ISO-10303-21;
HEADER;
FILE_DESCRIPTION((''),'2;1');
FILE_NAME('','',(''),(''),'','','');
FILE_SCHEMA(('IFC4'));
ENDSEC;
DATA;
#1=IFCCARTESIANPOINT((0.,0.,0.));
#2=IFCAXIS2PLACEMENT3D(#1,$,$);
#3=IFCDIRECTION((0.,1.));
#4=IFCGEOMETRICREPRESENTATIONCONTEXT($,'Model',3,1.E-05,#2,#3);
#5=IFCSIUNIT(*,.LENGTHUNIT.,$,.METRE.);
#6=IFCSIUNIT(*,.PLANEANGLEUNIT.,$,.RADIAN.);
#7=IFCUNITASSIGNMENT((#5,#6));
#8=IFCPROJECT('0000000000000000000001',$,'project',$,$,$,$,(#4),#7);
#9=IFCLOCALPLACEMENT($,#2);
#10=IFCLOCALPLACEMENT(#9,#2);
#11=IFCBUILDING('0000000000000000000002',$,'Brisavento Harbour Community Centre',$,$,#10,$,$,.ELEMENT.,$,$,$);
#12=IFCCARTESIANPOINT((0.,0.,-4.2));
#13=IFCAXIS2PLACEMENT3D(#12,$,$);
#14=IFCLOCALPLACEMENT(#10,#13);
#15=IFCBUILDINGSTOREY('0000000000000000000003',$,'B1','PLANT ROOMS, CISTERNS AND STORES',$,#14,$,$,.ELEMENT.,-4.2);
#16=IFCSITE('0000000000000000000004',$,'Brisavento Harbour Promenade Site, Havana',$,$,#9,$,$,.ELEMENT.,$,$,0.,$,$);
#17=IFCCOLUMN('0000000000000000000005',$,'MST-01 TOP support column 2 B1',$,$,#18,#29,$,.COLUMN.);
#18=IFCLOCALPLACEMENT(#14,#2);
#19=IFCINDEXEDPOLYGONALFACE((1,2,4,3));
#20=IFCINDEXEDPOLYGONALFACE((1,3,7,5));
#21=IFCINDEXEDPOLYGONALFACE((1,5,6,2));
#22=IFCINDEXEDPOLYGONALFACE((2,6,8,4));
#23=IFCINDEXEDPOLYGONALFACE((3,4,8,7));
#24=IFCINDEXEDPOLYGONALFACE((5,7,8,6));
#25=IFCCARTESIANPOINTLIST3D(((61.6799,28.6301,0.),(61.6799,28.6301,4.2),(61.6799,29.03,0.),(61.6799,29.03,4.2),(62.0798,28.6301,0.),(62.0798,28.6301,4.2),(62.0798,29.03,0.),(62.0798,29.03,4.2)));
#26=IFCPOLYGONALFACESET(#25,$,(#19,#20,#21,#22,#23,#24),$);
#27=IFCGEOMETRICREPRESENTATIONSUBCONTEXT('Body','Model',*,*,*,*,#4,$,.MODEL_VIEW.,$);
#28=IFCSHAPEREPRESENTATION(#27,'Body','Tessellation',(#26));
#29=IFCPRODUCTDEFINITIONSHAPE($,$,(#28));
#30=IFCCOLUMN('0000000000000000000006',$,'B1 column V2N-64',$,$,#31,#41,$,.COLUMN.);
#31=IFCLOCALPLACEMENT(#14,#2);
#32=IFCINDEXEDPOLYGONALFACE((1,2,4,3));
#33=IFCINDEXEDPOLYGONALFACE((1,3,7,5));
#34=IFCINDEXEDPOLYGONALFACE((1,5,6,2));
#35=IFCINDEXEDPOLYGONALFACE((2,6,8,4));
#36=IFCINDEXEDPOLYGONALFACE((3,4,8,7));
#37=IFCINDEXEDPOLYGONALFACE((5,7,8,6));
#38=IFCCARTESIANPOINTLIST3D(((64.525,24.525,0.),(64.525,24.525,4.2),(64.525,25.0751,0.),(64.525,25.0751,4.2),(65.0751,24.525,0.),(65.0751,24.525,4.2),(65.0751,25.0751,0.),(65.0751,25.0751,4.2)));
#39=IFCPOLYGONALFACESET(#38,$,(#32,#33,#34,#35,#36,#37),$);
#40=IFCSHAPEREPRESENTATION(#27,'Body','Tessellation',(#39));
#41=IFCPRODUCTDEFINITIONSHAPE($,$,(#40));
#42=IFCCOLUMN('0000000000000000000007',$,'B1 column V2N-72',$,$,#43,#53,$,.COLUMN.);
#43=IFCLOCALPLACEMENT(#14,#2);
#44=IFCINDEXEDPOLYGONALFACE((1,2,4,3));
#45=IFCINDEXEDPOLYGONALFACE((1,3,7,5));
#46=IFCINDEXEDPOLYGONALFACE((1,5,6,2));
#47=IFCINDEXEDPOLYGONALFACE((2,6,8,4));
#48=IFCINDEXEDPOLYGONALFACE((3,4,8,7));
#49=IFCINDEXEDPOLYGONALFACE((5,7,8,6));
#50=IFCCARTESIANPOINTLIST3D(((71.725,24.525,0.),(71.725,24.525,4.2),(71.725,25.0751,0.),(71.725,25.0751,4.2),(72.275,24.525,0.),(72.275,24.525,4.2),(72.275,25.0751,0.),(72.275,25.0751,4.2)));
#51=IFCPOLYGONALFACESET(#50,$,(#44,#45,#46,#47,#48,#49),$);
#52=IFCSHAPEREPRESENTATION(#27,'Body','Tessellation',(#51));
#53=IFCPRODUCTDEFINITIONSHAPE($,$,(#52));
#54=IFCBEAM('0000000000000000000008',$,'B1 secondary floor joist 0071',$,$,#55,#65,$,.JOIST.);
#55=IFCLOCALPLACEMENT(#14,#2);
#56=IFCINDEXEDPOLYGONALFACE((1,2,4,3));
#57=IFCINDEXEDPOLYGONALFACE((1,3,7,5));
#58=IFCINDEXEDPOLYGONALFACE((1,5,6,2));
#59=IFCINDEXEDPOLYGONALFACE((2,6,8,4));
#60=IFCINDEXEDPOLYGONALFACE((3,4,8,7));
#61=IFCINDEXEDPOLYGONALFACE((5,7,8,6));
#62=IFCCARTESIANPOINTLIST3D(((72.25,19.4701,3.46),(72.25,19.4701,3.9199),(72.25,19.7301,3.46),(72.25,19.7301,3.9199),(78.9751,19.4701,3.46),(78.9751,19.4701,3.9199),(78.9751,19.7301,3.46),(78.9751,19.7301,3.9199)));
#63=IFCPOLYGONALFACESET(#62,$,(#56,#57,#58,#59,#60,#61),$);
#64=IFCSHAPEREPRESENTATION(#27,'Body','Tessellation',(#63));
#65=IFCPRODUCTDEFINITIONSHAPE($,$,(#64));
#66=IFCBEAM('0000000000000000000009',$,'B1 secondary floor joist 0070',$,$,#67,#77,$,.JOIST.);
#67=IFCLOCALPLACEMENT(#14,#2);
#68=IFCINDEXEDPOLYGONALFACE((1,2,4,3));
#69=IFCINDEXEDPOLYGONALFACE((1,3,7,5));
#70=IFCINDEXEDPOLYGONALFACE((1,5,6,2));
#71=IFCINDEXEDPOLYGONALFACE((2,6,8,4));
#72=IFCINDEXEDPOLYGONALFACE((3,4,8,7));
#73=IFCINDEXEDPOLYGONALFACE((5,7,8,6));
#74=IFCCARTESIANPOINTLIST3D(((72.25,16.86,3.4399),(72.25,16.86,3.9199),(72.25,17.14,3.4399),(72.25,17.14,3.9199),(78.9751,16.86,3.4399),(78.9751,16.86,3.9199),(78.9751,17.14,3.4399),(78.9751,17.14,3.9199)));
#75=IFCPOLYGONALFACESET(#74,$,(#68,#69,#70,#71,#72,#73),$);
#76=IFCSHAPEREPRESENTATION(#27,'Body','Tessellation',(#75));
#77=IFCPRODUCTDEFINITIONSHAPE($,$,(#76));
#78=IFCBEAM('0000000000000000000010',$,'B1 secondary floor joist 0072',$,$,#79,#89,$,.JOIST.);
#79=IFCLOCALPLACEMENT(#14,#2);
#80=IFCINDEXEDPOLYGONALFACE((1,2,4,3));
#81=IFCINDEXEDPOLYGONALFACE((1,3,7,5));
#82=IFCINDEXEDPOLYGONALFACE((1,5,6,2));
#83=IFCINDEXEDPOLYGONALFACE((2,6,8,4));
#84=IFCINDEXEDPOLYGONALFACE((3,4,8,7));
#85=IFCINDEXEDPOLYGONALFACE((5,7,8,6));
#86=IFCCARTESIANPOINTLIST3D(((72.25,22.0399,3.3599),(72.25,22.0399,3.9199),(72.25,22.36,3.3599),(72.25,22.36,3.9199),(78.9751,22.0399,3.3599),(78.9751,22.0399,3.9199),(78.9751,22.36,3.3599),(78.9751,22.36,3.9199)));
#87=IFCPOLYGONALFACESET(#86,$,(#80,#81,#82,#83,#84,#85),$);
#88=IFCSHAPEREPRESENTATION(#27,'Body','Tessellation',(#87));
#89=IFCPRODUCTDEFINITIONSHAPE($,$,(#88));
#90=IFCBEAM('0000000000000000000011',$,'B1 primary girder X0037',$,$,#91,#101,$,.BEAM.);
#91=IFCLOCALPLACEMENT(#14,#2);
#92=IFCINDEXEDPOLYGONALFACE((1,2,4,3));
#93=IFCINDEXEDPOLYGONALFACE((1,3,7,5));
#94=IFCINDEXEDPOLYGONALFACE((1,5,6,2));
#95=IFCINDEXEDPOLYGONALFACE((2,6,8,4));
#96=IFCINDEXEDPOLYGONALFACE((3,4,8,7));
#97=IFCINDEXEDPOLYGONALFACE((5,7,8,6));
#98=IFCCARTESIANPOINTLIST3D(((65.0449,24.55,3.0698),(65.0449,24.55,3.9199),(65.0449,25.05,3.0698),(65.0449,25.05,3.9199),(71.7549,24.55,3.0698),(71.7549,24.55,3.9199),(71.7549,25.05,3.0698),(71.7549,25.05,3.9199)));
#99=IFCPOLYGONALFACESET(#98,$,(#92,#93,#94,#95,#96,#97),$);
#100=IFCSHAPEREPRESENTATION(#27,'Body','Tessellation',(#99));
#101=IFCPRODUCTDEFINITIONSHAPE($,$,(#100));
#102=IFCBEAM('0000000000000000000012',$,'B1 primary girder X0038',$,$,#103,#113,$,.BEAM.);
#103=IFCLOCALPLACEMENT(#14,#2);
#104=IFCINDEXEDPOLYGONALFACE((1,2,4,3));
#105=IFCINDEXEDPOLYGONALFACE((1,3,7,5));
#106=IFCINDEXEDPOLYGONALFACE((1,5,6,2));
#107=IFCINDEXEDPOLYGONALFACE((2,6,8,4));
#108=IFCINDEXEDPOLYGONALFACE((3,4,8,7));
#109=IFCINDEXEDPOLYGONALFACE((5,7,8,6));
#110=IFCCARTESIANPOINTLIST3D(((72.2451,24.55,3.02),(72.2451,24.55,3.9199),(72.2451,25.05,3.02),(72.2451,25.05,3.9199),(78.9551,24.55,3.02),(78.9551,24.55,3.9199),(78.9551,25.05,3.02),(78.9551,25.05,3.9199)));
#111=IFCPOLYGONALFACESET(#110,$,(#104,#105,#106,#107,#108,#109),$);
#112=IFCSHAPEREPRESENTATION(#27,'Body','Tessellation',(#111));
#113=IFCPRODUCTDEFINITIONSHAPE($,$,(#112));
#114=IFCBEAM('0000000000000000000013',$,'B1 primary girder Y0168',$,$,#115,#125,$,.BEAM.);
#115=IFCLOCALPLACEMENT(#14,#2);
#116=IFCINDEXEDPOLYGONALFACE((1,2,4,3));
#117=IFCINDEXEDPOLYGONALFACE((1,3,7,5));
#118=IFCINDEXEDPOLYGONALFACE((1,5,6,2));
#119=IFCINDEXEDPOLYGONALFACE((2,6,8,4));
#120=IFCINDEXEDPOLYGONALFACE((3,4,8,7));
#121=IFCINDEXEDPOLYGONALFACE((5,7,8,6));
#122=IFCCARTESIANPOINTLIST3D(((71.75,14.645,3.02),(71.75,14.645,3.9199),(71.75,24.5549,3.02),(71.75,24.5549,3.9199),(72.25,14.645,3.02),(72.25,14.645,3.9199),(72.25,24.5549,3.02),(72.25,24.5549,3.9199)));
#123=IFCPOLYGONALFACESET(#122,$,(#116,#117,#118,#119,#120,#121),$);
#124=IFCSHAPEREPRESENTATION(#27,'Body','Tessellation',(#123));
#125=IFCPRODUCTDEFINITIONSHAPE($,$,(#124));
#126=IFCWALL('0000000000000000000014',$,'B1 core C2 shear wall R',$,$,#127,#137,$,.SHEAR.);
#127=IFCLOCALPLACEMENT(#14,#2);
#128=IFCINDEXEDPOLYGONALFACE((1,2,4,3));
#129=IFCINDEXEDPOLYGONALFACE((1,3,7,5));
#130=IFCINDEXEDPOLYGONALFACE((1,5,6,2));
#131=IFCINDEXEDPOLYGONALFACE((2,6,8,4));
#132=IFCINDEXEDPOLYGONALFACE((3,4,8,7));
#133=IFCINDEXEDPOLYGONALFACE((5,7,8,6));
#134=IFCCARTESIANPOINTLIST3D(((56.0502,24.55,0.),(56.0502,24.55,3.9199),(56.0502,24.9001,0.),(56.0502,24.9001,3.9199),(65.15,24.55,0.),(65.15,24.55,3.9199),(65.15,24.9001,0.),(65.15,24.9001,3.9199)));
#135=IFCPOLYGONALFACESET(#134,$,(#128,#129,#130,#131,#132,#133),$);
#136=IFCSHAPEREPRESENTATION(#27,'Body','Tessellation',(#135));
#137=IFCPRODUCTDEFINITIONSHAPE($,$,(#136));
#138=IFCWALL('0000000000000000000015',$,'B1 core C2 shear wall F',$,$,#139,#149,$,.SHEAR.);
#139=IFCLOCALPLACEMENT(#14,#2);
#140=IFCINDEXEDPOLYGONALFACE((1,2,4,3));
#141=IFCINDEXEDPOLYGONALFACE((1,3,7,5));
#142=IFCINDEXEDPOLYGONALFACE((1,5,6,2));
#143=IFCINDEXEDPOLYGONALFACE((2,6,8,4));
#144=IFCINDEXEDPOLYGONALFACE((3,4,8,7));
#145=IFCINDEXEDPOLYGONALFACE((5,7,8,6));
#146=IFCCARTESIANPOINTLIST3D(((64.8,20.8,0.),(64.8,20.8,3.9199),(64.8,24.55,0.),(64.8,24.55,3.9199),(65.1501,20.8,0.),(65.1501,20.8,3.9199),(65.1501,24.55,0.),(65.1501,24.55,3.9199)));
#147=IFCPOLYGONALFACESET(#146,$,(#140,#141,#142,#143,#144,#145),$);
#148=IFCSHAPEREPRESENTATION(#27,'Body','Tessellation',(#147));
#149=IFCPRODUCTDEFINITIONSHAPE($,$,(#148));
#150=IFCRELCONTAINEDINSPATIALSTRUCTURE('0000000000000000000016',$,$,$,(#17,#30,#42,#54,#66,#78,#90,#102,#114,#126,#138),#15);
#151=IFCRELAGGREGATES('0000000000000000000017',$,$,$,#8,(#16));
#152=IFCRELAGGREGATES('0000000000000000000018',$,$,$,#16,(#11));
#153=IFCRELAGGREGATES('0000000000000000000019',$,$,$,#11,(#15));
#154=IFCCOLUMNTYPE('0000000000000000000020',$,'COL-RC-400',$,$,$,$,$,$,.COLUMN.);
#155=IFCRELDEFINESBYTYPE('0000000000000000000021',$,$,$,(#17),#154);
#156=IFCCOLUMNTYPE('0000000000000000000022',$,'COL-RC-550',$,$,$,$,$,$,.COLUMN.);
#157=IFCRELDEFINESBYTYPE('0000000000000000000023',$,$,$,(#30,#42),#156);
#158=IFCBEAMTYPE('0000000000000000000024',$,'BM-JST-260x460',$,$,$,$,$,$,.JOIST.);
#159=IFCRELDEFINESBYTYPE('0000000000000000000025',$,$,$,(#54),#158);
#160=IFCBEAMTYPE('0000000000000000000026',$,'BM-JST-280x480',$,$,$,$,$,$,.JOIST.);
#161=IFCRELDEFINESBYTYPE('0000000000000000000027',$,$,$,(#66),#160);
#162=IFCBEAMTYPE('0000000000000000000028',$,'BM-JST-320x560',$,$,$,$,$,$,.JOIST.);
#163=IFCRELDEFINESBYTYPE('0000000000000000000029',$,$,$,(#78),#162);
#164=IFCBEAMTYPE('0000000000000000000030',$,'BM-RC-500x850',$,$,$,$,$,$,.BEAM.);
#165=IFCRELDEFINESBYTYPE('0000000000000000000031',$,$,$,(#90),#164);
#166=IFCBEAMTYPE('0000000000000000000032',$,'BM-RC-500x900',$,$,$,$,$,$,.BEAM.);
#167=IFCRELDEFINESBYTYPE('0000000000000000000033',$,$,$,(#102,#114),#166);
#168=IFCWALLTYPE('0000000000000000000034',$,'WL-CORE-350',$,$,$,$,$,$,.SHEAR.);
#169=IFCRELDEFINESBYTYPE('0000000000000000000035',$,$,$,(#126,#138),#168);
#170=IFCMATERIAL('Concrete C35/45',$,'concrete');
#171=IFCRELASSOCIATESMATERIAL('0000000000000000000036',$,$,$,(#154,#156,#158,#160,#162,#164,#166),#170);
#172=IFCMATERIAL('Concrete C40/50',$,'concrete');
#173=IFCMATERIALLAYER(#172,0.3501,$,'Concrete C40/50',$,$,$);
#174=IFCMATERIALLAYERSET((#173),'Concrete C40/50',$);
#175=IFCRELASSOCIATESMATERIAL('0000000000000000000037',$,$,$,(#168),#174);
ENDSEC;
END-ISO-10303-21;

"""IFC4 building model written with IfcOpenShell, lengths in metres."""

from ifc_helpers import new_model, si_unit, direction, frame, frame_2d, origin, origin_2d, place, context, subcontext, project, spatial, rectangle, extrude, material, layer, layer_set, material_profile, profile_set, type_object, element, save


model = new_model("IFC4")

# Units and contexts
model_context = context("Model", 3, precision=1e-05, world=origin(), true_north=direction((0.0, 1.0)))
body_context = subcontext(model_context, "Body", "Model", "MODEL_VIEW")
ifc_project = project(units=[si_unit("LENGTHUNIT", "METRE"), si_unit("PLANEANGLEUNIT", "RADIAN")], contexts=[model_context])

# Site, building, storey
site_placement = place(None, origin())
site = spatial("IfcSite", under=ifc_project, at=site_placement, Name="Brisavento Harbour Promenade Site, Havana", CompositionType="ELEMENT", RefElevation=0.0)
building_placement = place(site_placement, origin())
building = spatial("IfcBuilding", under=site, at=building_placement, Name="Brisavento Harbour Community Centre", CompositionType="ELEMENT")
storey_placement = place(building_placement, frame((0.0, 0.0, -4.2)))
storey = spatial("IfcBuildingStorey", under=building, at=storey_placement, Name="B1", Description="PLANT ROOMS, CISTERNS AND STORES", CompositionType="ELEMENT", Elevation=-4.2)

# Shared definitions
ifc_material_1 = material(Name="Concrete C35/45", Category="concrete")

# Columns
ifc_material_profile_1 = material_profile(ifc_material_1, rectangle(XDim=0.3999, YDim=0.3999, at=origin_2d()), Name="Concrete C35/45")
ifc_profile_set_1 = profile_set([ifc_material_profile_1], Name="Concrete C35/45")
column_type_1 = type_object("IfcColumnType", Name="COL-RC-400", PredefinedType="COLUMN", material=ifc_profile_set_1)
column_placement = place(storey_placement, frame((61.8799, 28.8301, 0.0), z_axis=(0.0, 0.0, 1.0), x_axis=(1.0, 0.0, 0.0)))
element("IfcColumn", 1, at=column_placement, inside=storey, type_object=column_type_1, Name="MST-01 TOP support column 2 B1", PredefinedType="COLUMN", context=body_context, shape_type="SweptSolid", body=[
    extrude(rectangle(XDim=0.3999, YDim=0.3999, at=origin_2d()), origin(), (0.0, 0.0, 1.0), 4.2),
])
ifc_material_profile_2 = material_profile(ifc_material_1, rectangle(XDim=0.55, YDim=0.55, at=origin_2d()), Name="Concrete C35/45")
ifc_profile_set_2 = profile_set([ifc_material_profile_2], Name="Concrete C35/45")
column_type_2 = type_object("IfcColumnType", Name="COL-RC-550", PredefinedType="COLUMN", material=ifc_profile_set_2)
for number, where, z_axis, x_axis, name in (
    (2, (64.8, 24.8, 0.0), (0.0, 0.0, 1.0), (1.0, 0.0, 0.0), "B1 column V2N-64"),
    (3, (72.0, 24.8, 0.0), (0.0, 0.0, 1.0), (1.0, 0.0, 0.0), "B1 column V2N-72"),
):
    element("IfcColumn", number, at=place(storey_placement, frame(where, z_axis=z_axis, x_axis=x_axis)), inside=storey, type_object=column_type_2, Name=name, PredefinedType="COLUMN", context=body_context, shape_type="SweptSolid", body=[
        extrude(rectangle(XDim=0.55, YDim=0.55, at=origin_2d()), origin(), (0.0, 0.0, 1.0), 4.2),
    ])

# Beams
ifc_material_profile_3 = material_profile(ifc_material_1, rectangle(XDim=0.26, YDim=0.46, at=origin_2d()), Name="Concrete C35/45")
ifc_profile_set_3 = profile_set([ifc_material_profile_3], Name="Concrete C35/45")
beam_type_1 = type_object("IfcBeamType", Name="BM-JST-260x460", PredefinedType="JOIST", material=ifc_profile_set_3)
beam_1_placement = place(storey_placement, frame((72.25, 19.6001, 3.6899), z_axis=(1.0, 0.0, 0.0), x_axis=(0.0, 1.0, 0.0)))
element("IfcBeam", 4, at=beam_1_placement, inside=storey, type_object=beam_type_1, Name="B1 secondary floor joist 0071", PredefinedType="JOIST", context=body_context, shape_type="SweptSolid", body=[
    extrude(rectangle(XDim=0.26, YDim=0.46, at=origin_2d()), origin(), (0.0, 0.0, 1.0), 6.7251),
])
ifc_material_profile_4 = material_profile(ifc_material_1, rectangle(XDim=0.28, YDim=0.48, at=origin_2d()), Name="Concrete C35/45")
ifc_profile_set_4 = profile_set([ifc_material_profile_4], Name="Concrete C35/45")
beam_type_2 = type_object("IfcBeamType", Name="BM-JST-280x480", PredefinedType="JOIST", material=ifc_profile_set_4)
beam_2_placement = place(storey_placement, frame((72.25, 17.0, 3.6799), z_axis=(1.0, 0.0, 0.0), x_axis=(0.0, 1.0, 0.0)))
element("IfcBeam", 5, at=beam_2_placement, inside=storey, type_object=beam_type_2, Name="B1 secondary floor joist 0070", PredefinedType="JOIST", context=body_context, shape_type="SweptSolid", body=[
    extrude(rectangle(XDim=0.28, YDim=0.48, at=origin_2d()), origin(), (0.0, 0.0, 1.0), 6.7251),
])
ifc_material_profile_5 = material_profile(ifc_material_1, rectangle(XDim=0.3201, YDim=0.5601, at=origin_2d()), Name="Concrete C35/45")
ifc_profile_set_5 = profile_set([ifc_material_profile_5], Name="Concrete C35/45")
beam_type_3 = type_object("IfcBeamType", Name="BM-JST-320x560", PredefinedType="JOIST", material=ifc_profile_set_5)
beam_3_placement = place(storey_placement, frame((72.25, 22.2, 3.6399), z_axis=(1.0, 0.0, 0.0), x_axis=(0.0, 1.0, 0.0)))
element("IfcBeam", 6, at=beam_3_placement, inside=storey, type_object=beam_type_3, Name="B1 secondary floor joist 0072", PredefinedType="JOIST", context=body_context, shape_type="SweptSolid", body=[
    extrude(rectangle(XDim=0.3201, YDim=0.5601, at=origin_2d()), origin(), (0.0, 0.0, 1.0), 6.7251),
])
ifc_material_profile_6 = material_profile(ifc_material_1, rectangle(XDim=0.5, YDim=0.8501, at=origin_2d()), Name="Concrete C35/45")
ifc_profile_set_6 = profile_set([ifc_material_profile_6], Name="Concrete C35/45")
beam_type_4 = type_object("IfcBeamType", Name="BM-RC-500x850", PredefinedType="BEAM", material=ifc_profile_set_6)
beam_4_placement = place(storey_placement, frame((65.0449, 24.8, 3.4949), z_axis=(1.0, 0.0, 0.0), x_axis=(0.0, 1.0, 0.0)))
element("IfcBeam", 7, at=beam_4_placement, inside=storey, type_object=beam_type_4, Name="B1 primary girder X0037", PredefinedType="BEAM", context=body_context, shape_type="SweptSolid", body=[
    extrude(rectangle(XDim=0.5, YDim=0.8501, at=origin_2d()), origin(), (0.0, 0.0, 1.0), 6.71),
])
ifc_material_profile_7 = material_profile(ifc_material_1, rectangle(XDim=0.5, YDim=0.8999, at=origin_2d()), Name="Concrete C35/45")
ifc_profile_set_7 = profile_set([ifc_material_profile_7], Name="Concrete C35/45")
beam_type_5 = type_object("IfcBeamType", Name="BM-RC-500x900", PredefinedType="BEAM", material=ifc_profile_set_7)
beam_5_placement = place(storey_placement, frame((72.2451, 24.8, 3.47), z_axis=(1.0, 0.0, 0.0), x_axis=(0.0, 1.0, 0.0)))
element("IfcBeam", 8, at=beam_5_placement, inside=storey, type_object=beam_type_5, Name="B1 primary girder X0038", PredefinedType="BEAM", context=body_context, shape_type="SweptSolid", body=[
    extrude(rectangle(XDim=0.5, YDim=0.8999, at=origin_2d()), origin(), (0.0, 0.0, 1.0), 6.71),
])
beam_6_placement = place(storey_placement, frame((72.0, 14.645, 3.47), z_axis=(0.0, 1.0, 0.0), x_axis=(-1.0, 0.0, 0.0)))
element("IfcBeam", 9, at=beam_6_placement, inside=storey, type_object=beam_type_5, Name="B1 primary girder Y0168", PredefinedType="BEAM", context=body_context, shape_type="SweptSolid", body=[
    extrude(rectangle(XDim=0.5, YDim=0.8999, at=origin_2d()), origin(), (0.0, 0.0, 1.0), 9.9099),
])

# Walls
ifc_material_2 = material(Name="Concrete C40/50", Category="concrete")
ifc_layer_1 = layer(ifc_material_2, 0.3501, Name="Concrete C40/50")
ifc_layer_set_1 = layer_set([ifc_layer_1], Name="Concrete C40/50")
wall_type_1 = type_object("IfcWallType", Name="WL-CORE-350", PredefinedType="SHEAR", material=ifc_layer_set_1)
wall_1_placement = place(storey_placement, frame((65.1499, 24.7251, 0.0), z_axis=(0.0, 0.0, 1.0), x_axis=(-1.0, 0.0, 0.0)))
element("IfcWall", 10, at=wall_1_placement, inside=storey, type_object=wall_type_1, Name="B1 core C2 shear wall R", PredefinedType="SHEAR", context=body_context, shape_type="SweptSolid", body=[
    extrude(rectangle(XDim=9.0999, YDim=0.3501, at=frame_2d((4.5498, 0.0))), origin(), (0.0, 0.0, 1.0), 3.9199),
])
wall_2_placement = place(storey_placement, frame((64.9751, 20.8, 0.0), z_axis=(0.0, 0.0, 1.0), x_axis=(0.0, 1.0, 0.0)))
element("IfcWall", 11, at=wall_2_placement, inside=storey, type_object=wall_type_1, Name="B1 core C2 shear wall F", PredefinedType="SHEAR", context=body_context, shape_type="SweptSolid", body=[
    extrude(rectangle(XDim=3.75, YDim=0.3501, at=frame_2d((1.875, 0.0))), origin(), (0.0, 0.0, 1.0), 3.9199),
])

save(model, "model.ifc")
